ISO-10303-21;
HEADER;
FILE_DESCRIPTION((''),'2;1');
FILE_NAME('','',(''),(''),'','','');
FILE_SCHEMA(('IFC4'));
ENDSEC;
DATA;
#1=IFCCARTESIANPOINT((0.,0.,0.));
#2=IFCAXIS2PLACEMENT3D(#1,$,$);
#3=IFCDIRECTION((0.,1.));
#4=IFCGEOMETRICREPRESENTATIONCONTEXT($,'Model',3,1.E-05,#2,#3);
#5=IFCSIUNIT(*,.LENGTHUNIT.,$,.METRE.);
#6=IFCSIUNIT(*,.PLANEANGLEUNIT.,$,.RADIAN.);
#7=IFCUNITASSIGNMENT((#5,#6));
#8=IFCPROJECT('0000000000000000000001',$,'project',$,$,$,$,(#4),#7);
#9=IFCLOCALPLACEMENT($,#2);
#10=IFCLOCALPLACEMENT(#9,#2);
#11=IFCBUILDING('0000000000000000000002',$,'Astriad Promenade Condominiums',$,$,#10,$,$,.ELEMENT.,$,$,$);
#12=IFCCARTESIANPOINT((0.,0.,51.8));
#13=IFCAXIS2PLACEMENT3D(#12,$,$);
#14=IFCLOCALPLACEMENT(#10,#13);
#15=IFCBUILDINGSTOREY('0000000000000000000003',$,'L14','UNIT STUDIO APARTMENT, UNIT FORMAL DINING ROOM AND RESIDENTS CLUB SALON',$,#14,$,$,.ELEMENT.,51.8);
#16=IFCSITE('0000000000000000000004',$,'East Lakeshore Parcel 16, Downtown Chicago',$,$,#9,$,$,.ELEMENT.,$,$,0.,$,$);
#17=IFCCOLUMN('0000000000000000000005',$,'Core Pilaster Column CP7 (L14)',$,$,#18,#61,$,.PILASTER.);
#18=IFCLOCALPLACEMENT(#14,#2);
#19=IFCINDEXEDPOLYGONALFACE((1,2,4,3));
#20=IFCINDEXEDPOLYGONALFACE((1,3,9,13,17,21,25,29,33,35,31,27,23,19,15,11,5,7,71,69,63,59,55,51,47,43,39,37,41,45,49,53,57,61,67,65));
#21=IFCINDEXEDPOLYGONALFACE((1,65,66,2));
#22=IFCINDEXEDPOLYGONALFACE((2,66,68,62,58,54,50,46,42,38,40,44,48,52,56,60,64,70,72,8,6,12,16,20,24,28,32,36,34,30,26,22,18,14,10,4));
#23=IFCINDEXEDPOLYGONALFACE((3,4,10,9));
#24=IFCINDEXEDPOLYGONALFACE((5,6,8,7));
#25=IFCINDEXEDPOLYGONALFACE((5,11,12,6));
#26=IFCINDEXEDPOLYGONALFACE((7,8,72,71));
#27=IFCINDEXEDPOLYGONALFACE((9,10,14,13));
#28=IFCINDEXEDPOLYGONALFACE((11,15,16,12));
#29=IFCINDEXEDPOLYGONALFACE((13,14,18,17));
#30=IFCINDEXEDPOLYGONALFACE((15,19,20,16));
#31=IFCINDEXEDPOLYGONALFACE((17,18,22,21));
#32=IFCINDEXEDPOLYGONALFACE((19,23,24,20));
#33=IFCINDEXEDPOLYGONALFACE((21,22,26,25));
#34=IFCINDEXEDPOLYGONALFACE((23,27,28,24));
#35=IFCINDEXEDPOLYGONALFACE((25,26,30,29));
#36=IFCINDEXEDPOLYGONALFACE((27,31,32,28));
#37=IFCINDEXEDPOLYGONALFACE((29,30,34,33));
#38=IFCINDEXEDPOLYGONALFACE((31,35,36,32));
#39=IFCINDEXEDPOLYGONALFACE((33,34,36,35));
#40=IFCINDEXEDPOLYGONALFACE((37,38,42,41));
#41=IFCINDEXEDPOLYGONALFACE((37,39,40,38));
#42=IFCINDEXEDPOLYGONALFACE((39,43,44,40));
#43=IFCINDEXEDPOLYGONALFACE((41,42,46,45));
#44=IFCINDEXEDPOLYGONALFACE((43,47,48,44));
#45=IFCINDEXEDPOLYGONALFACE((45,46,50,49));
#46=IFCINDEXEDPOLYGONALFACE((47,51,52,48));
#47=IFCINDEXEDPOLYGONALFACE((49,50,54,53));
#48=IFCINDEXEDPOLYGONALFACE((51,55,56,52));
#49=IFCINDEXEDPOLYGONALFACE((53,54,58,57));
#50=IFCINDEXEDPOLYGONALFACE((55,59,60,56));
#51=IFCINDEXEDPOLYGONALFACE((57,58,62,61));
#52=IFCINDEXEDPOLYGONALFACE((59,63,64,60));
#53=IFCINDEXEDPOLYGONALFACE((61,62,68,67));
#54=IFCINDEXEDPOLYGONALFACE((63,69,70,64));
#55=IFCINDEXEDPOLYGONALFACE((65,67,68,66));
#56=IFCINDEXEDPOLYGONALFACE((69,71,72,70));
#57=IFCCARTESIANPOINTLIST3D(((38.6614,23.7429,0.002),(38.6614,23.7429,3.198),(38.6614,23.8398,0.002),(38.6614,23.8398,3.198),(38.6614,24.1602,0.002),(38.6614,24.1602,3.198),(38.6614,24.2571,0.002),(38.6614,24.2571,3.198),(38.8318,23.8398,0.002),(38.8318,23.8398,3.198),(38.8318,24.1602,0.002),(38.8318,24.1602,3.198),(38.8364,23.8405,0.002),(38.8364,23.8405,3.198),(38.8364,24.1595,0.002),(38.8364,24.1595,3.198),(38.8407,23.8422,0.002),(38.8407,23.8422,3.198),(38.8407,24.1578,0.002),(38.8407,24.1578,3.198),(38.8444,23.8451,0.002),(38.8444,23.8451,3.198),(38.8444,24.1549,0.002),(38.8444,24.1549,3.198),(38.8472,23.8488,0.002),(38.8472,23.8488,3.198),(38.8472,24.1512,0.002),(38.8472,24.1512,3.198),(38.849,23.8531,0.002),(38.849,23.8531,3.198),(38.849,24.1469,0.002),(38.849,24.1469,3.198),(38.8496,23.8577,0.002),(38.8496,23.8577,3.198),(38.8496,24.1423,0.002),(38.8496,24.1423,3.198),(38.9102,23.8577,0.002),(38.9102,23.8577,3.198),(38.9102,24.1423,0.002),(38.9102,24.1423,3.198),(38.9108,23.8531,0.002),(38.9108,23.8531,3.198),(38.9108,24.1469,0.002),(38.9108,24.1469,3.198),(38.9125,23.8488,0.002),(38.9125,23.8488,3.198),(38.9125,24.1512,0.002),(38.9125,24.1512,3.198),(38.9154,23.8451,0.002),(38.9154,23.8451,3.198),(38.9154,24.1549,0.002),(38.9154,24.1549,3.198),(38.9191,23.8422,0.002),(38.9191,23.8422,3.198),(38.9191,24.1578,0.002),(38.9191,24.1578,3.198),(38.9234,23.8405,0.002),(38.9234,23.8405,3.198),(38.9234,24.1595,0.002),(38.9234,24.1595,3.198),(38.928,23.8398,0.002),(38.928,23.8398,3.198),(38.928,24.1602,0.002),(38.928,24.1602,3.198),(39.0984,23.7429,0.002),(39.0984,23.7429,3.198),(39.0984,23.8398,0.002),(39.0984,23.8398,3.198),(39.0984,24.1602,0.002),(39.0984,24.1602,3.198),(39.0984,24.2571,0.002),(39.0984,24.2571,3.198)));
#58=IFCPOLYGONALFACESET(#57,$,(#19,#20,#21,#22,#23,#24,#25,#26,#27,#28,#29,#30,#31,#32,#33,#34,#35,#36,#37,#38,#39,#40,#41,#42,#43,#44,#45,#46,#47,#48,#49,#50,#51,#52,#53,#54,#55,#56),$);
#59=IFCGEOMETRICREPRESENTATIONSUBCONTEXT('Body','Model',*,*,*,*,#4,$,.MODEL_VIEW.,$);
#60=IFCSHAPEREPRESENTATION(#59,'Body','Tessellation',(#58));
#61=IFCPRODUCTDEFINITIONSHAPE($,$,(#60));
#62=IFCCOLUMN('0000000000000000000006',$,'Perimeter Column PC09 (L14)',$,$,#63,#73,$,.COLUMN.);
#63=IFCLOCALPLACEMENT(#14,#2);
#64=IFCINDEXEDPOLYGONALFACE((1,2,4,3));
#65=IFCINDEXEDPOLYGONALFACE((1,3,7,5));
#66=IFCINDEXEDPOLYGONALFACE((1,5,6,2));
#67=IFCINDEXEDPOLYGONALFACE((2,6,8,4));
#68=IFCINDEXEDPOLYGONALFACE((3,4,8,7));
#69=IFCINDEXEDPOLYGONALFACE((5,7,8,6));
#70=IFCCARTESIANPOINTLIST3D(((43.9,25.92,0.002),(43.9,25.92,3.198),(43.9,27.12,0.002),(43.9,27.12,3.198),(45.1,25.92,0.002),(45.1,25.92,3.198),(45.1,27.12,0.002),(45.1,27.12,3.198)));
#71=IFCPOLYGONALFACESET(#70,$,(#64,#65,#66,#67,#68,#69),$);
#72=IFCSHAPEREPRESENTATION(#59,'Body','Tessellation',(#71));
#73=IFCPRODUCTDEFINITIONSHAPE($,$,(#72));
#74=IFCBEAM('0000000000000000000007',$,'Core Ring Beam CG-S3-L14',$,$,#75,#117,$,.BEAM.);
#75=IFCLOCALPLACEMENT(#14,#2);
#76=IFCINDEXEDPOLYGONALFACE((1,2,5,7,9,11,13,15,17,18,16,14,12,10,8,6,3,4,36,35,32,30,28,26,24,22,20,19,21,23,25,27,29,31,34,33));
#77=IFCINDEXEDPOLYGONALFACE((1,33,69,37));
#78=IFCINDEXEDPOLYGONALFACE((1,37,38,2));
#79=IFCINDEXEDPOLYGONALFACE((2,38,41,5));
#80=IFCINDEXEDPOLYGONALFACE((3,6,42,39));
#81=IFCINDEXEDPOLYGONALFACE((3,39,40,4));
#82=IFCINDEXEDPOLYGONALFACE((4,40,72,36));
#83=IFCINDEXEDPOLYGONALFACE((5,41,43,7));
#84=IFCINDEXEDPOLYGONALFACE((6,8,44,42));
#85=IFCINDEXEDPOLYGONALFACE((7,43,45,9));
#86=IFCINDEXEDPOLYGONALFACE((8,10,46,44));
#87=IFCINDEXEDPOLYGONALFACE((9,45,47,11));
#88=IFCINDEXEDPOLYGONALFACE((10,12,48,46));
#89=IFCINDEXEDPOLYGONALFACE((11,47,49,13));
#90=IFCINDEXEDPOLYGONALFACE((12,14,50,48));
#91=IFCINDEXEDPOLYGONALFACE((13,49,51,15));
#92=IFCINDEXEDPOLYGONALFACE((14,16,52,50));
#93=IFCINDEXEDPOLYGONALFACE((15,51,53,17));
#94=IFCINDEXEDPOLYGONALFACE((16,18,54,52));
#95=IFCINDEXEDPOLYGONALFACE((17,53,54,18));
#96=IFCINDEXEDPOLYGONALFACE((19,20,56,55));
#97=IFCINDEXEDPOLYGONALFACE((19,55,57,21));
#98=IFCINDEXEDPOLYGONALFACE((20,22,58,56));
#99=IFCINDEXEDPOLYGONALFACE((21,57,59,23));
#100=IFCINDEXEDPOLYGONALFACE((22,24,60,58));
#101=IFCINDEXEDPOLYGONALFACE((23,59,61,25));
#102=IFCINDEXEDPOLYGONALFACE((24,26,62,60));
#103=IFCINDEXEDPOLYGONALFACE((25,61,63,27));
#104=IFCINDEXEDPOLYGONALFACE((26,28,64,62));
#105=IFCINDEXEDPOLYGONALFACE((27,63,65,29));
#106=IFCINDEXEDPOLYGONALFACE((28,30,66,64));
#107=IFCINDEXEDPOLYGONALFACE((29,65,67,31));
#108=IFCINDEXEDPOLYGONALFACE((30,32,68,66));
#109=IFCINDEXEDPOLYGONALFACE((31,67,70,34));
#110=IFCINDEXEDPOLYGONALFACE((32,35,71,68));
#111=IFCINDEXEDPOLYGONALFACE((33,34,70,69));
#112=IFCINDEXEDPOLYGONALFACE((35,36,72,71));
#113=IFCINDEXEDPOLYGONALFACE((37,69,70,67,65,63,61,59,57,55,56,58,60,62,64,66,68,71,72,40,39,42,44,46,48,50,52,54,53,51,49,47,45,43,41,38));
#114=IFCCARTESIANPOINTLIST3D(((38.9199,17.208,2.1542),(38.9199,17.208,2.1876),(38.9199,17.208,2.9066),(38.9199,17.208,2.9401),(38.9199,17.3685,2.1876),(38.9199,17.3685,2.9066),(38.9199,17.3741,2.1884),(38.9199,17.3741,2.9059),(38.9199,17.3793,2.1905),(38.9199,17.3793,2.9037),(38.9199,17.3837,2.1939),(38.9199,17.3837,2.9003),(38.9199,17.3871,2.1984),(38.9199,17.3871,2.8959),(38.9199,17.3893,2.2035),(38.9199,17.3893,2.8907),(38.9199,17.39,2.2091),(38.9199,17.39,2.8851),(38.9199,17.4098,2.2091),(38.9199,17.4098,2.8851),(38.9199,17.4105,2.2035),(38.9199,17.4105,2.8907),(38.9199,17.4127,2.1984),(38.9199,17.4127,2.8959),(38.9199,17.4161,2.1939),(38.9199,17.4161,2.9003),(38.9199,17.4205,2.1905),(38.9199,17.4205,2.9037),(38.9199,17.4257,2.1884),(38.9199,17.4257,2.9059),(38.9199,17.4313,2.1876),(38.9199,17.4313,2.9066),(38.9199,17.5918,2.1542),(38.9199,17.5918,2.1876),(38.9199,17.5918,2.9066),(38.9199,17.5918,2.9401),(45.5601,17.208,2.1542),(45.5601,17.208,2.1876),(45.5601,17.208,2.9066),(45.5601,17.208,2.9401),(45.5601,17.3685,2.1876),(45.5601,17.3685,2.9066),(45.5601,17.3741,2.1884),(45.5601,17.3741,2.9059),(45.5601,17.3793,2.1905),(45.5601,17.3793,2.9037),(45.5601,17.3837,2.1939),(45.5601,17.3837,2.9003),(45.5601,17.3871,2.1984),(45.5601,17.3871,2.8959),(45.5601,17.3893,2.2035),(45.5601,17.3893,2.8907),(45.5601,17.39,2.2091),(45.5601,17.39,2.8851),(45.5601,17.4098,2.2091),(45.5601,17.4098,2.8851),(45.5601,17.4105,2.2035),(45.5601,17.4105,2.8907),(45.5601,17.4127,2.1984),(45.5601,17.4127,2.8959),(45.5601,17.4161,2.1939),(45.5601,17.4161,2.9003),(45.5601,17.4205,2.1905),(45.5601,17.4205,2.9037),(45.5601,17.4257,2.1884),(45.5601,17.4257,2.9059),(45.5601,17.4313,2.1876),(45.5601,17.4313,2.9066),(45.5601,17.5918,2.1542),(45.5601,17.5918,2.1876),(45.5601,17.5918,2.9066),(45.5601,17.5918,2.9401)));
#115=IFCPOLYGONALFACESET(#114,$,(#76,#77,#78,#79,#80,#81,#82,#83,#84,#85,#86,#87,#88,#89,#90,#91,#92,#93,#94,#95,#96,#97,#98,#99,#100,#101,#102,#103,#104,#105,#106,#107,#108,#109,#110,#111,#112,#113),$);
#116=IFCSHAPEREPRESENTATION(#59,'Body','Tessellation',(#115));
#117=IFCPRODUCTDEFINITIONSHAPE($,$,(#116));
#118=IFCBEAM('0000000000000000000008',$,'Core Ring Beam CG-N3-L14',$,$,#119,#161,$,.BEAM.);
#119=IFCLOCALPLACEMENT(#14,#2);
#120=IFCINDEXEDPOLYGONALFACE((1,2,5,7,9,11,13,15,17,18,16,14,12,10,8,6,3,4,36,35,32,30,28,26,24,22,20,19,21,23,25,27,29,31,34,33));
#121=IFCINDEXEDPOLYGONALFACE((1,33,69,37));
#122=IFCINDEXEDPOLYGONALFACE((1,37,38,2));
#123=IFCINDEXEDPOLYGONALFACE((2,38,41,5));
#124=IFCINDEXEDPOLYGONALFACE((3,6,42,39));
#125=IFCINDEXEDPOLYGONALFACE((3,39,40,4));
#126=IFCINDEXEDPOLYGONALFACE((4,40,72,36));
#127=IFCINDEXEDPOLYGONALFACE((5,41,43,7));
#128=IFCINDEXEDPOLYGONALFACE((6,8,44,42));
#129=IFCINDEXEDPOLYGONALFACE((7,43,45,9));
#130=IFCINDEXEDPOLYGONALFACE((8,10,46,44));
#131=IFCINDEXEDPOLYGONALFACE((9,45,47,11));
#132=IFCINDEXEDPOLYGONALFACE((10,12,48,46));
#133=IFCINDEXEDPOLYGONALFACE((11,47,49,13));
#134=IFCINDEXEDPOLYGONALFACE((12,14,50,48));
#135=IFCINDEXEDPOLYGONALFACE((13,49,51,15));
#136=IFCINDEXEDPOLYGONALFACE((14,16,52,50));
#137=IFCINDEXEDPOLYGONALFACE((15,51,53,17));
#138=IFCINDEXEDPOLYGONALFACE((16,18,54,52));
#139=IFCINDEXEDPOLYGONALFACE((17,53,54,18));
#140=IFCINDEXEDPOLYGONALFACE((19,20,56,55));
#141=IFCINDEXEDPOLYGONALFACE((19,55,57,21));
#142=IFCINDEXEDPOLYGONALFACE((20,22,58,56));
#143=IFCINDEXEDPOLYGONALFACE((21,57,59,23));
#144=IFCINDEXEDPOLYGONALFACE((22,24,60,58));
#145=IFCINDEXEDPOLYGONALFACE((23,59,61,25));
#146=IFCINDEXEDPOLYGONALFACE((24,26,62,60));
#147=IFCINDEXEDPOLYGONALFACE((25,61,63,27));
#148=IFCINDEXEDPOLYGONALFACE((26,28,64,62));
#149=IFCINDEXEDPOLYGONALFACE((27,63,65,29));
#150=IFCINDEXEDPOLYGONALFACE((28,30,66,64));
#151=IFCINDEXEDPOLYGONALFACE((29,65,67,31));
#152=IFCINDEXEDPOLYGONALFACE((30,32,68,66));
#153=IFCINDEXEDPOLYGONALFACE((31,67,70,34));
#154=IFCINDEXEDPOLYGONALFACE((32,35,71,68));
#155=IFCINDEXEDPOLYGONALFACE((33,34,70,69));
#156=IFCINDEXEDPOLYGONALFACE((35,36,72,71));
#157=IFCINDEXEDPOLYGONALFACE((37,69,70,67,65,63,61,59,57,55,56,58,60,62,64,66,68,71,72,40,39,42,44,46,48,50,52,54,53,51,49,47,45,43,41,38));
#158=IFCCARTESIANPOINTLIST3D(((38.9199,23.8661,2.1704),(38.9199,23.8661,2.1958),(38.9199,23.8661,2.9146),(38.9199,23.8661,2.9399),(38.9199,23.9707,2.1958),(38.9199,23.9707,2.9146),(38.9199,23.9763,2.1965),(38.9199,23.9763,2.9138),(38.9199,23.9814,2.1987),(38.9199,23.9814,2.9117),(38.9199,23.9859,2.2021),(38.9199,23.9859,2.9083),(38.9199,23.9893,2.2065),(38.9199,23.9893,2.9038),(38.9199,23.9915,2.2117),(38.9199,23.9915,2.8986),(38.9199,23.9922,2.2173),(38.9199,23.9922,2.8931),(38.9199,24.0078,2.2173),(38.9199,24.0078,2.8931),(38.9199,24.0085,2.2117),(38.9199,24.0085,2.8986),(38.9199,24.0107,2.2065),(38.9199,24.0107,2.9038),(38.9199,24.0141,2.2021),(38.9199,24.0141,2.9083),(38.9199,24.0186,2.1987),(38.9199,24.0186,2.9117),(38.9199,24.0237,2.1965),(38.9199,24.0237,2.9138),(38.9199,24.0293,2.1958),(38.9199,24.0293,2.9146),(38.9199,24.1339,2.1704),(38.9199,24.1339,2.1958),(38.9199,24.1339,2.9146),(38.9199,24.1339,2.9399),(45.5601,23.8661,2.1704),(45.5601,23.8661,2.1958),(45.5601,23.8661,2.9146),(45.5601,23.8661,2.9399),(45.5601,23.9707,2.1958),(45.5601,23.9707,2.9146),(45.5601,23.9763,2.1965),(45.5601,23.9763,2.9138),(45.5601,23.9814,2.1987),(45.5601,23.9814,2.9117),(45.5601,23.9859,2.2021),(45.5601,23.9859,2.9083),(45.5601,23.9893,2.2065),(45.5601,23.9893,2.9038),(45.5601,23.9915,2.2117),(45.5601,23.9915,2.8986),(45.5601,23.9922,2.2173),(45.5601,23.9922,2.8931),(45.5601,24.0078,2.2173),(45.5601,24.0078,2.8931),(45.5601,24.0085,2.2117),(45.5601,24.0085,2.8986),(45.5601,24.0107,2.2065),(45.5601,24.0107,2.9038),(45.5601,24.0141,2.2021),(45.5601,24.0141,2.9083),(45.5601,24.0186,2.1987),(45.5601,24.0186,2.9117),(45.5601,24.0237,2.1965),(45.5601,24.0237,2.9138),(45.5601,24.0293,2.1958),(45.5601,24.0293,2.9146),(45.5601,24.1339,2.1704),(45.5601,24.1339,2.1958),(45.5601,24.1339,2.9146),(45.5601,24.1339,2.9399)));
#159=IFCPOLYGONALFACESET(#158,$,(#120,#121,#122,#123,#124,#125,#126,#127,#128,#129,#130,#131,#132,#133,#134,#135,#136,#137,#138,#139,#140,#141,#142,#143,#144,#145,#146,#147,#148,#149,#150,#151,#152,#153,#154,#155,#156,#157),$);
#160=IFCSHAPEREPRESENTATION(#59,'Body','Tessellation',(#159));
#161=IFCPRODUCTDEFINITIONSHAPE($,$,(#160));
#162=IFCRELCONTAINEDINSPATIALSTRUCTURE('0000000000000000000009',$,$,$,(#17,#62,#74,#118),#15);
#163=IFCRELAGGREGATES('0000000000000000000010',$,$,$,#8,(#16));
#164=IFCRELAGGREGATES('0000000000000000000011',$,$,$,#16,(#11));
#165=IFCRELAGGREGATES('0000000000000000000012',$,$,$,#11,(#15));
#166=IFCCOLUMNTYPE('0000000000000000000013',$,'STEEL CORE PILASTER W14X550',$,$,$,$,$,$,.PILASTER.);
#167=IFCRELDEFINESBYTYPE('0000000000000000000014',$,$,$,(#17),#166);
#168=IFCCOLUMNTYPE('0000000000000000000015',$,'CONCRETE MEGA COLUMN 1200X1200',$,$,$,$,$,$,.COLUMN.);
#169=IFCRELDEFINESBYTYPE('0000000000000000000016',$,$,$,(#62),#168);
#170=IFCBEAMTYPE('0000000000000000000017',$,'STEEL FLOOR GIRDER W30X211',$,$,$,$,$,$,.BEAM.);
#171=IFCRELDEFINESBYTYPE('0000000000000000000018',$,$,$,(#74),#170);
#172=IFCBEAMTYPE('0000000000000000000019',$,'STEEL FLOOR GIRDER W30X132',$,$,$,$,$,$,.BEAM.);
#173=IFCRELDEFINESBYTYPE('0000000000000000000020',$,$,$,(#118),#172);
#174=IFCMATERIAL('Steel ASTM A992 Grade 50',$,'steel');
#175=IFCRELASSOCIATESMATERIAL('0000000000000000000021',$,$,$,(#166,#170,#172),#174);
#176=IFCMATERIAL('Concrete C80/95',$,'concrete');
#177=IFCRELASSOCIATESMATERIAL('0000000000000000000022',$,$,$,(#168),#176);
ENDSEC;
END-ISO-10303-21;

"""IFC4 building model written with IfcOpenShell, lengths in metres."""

from ifc_helpers import new_model, si_unit, direction, frame, origin, origin_2d, place, context, subcontext, project, spatial, rectangle, i_section, extrude, source, transform, mapped, material, material_profile, profile_set, type_object, type_shapes, element, save


model = new_model("IFC4")

# Units and contexts
model_context = context("Model", 3, precision=1e-05, world=origin(), true_north=direction((0.0, 1.0)))
body_context = subcontext(model_context, "Body", "Model", "MODEL_VIEW")
ifc_project = project(units=[si_unit("LENGTHUNIT", "METRE"), si_unit("PLANEANGLEUNIT", "RADIAN")], contexts=[model_context])

# Site, building, storey
site_placement = place(None, origin())
site = spatial("IfcSite", under=ifc_project, at=site_placement, Name="East Lakeshore Parcel 16, Downtown Chicago", CompositionType="ELEMENT", RefElevation=0.0)
building_placement = place(site_placement, origin())
building = spatial("IfcBuilding", under=site, at=building_placement, Name="Astriad Promenade Condominiums", CompositionType="ELEMENT")
storey_placement = place(building_placement, frame((0.0, 0.0, 51.8)))
storey = spatial("IfcBuildingStorey", under=building, at=storey_placement, Name="L14", Description="UNIT STUDIO APARTMENT, UNIT FORMAL DINING ROOM AND RESIDENTS CLUB SALON", CompositionType="ELEMENT", Elevation=51.8)

# Columns
ifc_material_1 = material(Name="Steel ASTM A992 Grade 50", Category="steel")
ifc_material_profile_1 = material_profile(ifc_material_1, i_section(OverallWidth=0.437, OverallDepth=0.5142, WebThickness=0.0605, FlangeThickness=0.0969, FilletRadius=0.0178, at=origin_2d()), Name="W14X550")
ifc_profile_set_1 = profile_set([ifc_material_profile_1], Name="Steel ASTM A992 Grade 50")
column_type_1 = type_object("IfcColumnType", Name="STEEL CORE PILASTER W14X550", PredefinedType="PILASTER", material=ifc_profile_set_1)
shared_shape_1 = source(origin(), body_context, "Body", "SweptSolid", [
    extrude(i_section(OverallWidth=0.437, OverallDepth=0.5142, WebThickness=0.0605, FlangeThickness=0.0969, FilletRadius=0.0178, at=origin_2d()), origin(), (0.0, 0.0, 1.0), 3.196),
])
type_shapes(column_type_1, [shared_shape_1])
column_1_placement = place(storey_placement, frame((38.8799, 24.0, 0.002), z_axis=(0.0, 0.0, 1.0), x_axis=(1.0, 0.0, 0.0)))
element("IfcColumn", 1, at=column_1_placement, inside=storey, type_object=column_type_1, Name="Core Pilaster Column CP7 (L14)", PredefinedType="PILASTER", context=body_context, shape_type="MappedRepresentation", body=[
    mapped(shared_shape_1, transform((0.0, 0.0, 0.0), scale=1.0)),
])
ifc_material_2 = material(Name="Concrete C80/95", Category="concrete")
ifc_material_profile_2 = material_profile(ifc_material_2, rectangle(XDim=1.2, YDim=1.2, at=origin_2d()), Name="RC-COL-1200X1200")
ifc_profile_set_2 = profile_set([ifc_material_profile_2], Name="Concrete C80/95")
column_type_2 = type_object("IfcColumnType", Name="CONCRETE MEGA COLUMN 1200X1200", PredefinedType="COLUMN", material=ifc_profile_set_2)
shared_shape_2 = source(origin(), body_context, "Body", "SweptSolid", [
    extrude(rectangle(XDim=1.2, YDim=1.2, at=origin_2d()), origin(), (0.0, 0.0, 1.0), 3.196),
])
type_shapes(column_type_2, [shared_shape_2])
column_2_placement = place(storey_placement, frame((44.5, 26.52, 0.002), z_axis=(0.0, 0.0, 1.0), x_axis=(1.0, 0.0, 0.0)))
element("IfcColumn", 2, at=column_2_placement, inside=storey, type_object=column_type_2, Name="Perimeter Column PC09 (L14)", PredefinedType="COLUMN", context=body_context, shape_type="MappedRepresentation", body=[
    mapped(shared_shape_2, transform((0.0, 0.0, 0.0), scale=1.0)),
])

# Beams
ifc_material_profile_3 = material_profile(ifc_material_1, i_section(OverallWidth=0.3838, OverallDepth=0.7859, WebThickness=0.0198, FlangeThickness=0.0334, FilletRadius=0.0215, at=origin_2d()), Name="W30X211")
ifc_profile_set_3 = profile_set([ifc_material_profile_3], Name="Steel ASTM A992 Grade 50")
beam_type_1 = type_object("IfcBeamType", Name="STEEL FLOOR GIRDER W30X211", PredefinedType="BEAM", material=ifc_profile_set_3)
shared_shape_3 = source(origin(), body_context, "Body", "SweptSolid", [
    extrude(i_section(OverallWidth=0.3838, OverallDepth=0.7859, WebThickness=0.0198, FlangeThickness=0.0334, FilletRadius=0.0215, at=origin_2d()), origin(), (0.0, 0.0, 1.0), 6.6401),
])
type_shapes(beam_type_1, [shared_shape_3])
beam_1_placement = place(storey_placement, frame((38.9199, 17.3999, 2.5471), z_axis=(1.0, 0.0, 0.0), x_axis=(0.0, 1.0, 0.0)))
element("IfcBeam", 3, at=beam_1_placement, inside=storey, type_object=beam_type_1, Name="Core Ring Beam CG-S3-L14", PredefinedType="BEAM", context=body_context, shape_type="MappedRepresentation", body=[
    mapped(shared_shape_3, transform((0.0, 0.0, 0.0), scale=1.0)),
])
ifc_material_profile_4 = material_profile(ifc_material_1, i_section(OverallWidth=0.2678, OverallDepth=0.7695, WebThickness=0.0156, FlangeThickness=0.0254, FilletRadius=0.0215, at=origin_2d()), Name="W30X132")
ifc_profile_set_4 = profile_set([ifc_material_profile_4], Name="Steel ASTM A992 Grade 50")
beam_type_2 = type_object("IfcBeamType", Name="STEEL FLOOR GIRDER W30X132", PredefinedType="BEAM", material=ifc_profile_set_4)
shared_shape_4 = source(origin(), body_context, "Body", "SweptSolid", [
    extrude(i_section(OverallWidth=0.2678, OverallDepth=0.7695, WebThickness=0.0156, FlangeThickness=0.0254, FilletRadius=0.0215, at=origin_2d()), origin(), (0.0, 0.0, 1.0), 6.6401),
])
type_shapes(beam_type_2, [shared_shape_4])
beam_2_placement = place(storey_placement, frame((38.9199, 24.0, 2.5552), z_axis=(1.0, 0.0, 0.0), x_axis=(0.0, 1.0, 0.0)))
element("IfcBeam", 4, at=beam_2_placement, inside=storey, type_object=beam_type_2, Name="Core Ring Beam CG-N3-L14", PredefinedType="BEAM", context=body_context, shape_type="MappedRepresentation", body=[
    mapped(shared_shape_4, transform((0.0, 0.0, 0.0), scale=1.0)),
])

save(model, "model.ifc")
